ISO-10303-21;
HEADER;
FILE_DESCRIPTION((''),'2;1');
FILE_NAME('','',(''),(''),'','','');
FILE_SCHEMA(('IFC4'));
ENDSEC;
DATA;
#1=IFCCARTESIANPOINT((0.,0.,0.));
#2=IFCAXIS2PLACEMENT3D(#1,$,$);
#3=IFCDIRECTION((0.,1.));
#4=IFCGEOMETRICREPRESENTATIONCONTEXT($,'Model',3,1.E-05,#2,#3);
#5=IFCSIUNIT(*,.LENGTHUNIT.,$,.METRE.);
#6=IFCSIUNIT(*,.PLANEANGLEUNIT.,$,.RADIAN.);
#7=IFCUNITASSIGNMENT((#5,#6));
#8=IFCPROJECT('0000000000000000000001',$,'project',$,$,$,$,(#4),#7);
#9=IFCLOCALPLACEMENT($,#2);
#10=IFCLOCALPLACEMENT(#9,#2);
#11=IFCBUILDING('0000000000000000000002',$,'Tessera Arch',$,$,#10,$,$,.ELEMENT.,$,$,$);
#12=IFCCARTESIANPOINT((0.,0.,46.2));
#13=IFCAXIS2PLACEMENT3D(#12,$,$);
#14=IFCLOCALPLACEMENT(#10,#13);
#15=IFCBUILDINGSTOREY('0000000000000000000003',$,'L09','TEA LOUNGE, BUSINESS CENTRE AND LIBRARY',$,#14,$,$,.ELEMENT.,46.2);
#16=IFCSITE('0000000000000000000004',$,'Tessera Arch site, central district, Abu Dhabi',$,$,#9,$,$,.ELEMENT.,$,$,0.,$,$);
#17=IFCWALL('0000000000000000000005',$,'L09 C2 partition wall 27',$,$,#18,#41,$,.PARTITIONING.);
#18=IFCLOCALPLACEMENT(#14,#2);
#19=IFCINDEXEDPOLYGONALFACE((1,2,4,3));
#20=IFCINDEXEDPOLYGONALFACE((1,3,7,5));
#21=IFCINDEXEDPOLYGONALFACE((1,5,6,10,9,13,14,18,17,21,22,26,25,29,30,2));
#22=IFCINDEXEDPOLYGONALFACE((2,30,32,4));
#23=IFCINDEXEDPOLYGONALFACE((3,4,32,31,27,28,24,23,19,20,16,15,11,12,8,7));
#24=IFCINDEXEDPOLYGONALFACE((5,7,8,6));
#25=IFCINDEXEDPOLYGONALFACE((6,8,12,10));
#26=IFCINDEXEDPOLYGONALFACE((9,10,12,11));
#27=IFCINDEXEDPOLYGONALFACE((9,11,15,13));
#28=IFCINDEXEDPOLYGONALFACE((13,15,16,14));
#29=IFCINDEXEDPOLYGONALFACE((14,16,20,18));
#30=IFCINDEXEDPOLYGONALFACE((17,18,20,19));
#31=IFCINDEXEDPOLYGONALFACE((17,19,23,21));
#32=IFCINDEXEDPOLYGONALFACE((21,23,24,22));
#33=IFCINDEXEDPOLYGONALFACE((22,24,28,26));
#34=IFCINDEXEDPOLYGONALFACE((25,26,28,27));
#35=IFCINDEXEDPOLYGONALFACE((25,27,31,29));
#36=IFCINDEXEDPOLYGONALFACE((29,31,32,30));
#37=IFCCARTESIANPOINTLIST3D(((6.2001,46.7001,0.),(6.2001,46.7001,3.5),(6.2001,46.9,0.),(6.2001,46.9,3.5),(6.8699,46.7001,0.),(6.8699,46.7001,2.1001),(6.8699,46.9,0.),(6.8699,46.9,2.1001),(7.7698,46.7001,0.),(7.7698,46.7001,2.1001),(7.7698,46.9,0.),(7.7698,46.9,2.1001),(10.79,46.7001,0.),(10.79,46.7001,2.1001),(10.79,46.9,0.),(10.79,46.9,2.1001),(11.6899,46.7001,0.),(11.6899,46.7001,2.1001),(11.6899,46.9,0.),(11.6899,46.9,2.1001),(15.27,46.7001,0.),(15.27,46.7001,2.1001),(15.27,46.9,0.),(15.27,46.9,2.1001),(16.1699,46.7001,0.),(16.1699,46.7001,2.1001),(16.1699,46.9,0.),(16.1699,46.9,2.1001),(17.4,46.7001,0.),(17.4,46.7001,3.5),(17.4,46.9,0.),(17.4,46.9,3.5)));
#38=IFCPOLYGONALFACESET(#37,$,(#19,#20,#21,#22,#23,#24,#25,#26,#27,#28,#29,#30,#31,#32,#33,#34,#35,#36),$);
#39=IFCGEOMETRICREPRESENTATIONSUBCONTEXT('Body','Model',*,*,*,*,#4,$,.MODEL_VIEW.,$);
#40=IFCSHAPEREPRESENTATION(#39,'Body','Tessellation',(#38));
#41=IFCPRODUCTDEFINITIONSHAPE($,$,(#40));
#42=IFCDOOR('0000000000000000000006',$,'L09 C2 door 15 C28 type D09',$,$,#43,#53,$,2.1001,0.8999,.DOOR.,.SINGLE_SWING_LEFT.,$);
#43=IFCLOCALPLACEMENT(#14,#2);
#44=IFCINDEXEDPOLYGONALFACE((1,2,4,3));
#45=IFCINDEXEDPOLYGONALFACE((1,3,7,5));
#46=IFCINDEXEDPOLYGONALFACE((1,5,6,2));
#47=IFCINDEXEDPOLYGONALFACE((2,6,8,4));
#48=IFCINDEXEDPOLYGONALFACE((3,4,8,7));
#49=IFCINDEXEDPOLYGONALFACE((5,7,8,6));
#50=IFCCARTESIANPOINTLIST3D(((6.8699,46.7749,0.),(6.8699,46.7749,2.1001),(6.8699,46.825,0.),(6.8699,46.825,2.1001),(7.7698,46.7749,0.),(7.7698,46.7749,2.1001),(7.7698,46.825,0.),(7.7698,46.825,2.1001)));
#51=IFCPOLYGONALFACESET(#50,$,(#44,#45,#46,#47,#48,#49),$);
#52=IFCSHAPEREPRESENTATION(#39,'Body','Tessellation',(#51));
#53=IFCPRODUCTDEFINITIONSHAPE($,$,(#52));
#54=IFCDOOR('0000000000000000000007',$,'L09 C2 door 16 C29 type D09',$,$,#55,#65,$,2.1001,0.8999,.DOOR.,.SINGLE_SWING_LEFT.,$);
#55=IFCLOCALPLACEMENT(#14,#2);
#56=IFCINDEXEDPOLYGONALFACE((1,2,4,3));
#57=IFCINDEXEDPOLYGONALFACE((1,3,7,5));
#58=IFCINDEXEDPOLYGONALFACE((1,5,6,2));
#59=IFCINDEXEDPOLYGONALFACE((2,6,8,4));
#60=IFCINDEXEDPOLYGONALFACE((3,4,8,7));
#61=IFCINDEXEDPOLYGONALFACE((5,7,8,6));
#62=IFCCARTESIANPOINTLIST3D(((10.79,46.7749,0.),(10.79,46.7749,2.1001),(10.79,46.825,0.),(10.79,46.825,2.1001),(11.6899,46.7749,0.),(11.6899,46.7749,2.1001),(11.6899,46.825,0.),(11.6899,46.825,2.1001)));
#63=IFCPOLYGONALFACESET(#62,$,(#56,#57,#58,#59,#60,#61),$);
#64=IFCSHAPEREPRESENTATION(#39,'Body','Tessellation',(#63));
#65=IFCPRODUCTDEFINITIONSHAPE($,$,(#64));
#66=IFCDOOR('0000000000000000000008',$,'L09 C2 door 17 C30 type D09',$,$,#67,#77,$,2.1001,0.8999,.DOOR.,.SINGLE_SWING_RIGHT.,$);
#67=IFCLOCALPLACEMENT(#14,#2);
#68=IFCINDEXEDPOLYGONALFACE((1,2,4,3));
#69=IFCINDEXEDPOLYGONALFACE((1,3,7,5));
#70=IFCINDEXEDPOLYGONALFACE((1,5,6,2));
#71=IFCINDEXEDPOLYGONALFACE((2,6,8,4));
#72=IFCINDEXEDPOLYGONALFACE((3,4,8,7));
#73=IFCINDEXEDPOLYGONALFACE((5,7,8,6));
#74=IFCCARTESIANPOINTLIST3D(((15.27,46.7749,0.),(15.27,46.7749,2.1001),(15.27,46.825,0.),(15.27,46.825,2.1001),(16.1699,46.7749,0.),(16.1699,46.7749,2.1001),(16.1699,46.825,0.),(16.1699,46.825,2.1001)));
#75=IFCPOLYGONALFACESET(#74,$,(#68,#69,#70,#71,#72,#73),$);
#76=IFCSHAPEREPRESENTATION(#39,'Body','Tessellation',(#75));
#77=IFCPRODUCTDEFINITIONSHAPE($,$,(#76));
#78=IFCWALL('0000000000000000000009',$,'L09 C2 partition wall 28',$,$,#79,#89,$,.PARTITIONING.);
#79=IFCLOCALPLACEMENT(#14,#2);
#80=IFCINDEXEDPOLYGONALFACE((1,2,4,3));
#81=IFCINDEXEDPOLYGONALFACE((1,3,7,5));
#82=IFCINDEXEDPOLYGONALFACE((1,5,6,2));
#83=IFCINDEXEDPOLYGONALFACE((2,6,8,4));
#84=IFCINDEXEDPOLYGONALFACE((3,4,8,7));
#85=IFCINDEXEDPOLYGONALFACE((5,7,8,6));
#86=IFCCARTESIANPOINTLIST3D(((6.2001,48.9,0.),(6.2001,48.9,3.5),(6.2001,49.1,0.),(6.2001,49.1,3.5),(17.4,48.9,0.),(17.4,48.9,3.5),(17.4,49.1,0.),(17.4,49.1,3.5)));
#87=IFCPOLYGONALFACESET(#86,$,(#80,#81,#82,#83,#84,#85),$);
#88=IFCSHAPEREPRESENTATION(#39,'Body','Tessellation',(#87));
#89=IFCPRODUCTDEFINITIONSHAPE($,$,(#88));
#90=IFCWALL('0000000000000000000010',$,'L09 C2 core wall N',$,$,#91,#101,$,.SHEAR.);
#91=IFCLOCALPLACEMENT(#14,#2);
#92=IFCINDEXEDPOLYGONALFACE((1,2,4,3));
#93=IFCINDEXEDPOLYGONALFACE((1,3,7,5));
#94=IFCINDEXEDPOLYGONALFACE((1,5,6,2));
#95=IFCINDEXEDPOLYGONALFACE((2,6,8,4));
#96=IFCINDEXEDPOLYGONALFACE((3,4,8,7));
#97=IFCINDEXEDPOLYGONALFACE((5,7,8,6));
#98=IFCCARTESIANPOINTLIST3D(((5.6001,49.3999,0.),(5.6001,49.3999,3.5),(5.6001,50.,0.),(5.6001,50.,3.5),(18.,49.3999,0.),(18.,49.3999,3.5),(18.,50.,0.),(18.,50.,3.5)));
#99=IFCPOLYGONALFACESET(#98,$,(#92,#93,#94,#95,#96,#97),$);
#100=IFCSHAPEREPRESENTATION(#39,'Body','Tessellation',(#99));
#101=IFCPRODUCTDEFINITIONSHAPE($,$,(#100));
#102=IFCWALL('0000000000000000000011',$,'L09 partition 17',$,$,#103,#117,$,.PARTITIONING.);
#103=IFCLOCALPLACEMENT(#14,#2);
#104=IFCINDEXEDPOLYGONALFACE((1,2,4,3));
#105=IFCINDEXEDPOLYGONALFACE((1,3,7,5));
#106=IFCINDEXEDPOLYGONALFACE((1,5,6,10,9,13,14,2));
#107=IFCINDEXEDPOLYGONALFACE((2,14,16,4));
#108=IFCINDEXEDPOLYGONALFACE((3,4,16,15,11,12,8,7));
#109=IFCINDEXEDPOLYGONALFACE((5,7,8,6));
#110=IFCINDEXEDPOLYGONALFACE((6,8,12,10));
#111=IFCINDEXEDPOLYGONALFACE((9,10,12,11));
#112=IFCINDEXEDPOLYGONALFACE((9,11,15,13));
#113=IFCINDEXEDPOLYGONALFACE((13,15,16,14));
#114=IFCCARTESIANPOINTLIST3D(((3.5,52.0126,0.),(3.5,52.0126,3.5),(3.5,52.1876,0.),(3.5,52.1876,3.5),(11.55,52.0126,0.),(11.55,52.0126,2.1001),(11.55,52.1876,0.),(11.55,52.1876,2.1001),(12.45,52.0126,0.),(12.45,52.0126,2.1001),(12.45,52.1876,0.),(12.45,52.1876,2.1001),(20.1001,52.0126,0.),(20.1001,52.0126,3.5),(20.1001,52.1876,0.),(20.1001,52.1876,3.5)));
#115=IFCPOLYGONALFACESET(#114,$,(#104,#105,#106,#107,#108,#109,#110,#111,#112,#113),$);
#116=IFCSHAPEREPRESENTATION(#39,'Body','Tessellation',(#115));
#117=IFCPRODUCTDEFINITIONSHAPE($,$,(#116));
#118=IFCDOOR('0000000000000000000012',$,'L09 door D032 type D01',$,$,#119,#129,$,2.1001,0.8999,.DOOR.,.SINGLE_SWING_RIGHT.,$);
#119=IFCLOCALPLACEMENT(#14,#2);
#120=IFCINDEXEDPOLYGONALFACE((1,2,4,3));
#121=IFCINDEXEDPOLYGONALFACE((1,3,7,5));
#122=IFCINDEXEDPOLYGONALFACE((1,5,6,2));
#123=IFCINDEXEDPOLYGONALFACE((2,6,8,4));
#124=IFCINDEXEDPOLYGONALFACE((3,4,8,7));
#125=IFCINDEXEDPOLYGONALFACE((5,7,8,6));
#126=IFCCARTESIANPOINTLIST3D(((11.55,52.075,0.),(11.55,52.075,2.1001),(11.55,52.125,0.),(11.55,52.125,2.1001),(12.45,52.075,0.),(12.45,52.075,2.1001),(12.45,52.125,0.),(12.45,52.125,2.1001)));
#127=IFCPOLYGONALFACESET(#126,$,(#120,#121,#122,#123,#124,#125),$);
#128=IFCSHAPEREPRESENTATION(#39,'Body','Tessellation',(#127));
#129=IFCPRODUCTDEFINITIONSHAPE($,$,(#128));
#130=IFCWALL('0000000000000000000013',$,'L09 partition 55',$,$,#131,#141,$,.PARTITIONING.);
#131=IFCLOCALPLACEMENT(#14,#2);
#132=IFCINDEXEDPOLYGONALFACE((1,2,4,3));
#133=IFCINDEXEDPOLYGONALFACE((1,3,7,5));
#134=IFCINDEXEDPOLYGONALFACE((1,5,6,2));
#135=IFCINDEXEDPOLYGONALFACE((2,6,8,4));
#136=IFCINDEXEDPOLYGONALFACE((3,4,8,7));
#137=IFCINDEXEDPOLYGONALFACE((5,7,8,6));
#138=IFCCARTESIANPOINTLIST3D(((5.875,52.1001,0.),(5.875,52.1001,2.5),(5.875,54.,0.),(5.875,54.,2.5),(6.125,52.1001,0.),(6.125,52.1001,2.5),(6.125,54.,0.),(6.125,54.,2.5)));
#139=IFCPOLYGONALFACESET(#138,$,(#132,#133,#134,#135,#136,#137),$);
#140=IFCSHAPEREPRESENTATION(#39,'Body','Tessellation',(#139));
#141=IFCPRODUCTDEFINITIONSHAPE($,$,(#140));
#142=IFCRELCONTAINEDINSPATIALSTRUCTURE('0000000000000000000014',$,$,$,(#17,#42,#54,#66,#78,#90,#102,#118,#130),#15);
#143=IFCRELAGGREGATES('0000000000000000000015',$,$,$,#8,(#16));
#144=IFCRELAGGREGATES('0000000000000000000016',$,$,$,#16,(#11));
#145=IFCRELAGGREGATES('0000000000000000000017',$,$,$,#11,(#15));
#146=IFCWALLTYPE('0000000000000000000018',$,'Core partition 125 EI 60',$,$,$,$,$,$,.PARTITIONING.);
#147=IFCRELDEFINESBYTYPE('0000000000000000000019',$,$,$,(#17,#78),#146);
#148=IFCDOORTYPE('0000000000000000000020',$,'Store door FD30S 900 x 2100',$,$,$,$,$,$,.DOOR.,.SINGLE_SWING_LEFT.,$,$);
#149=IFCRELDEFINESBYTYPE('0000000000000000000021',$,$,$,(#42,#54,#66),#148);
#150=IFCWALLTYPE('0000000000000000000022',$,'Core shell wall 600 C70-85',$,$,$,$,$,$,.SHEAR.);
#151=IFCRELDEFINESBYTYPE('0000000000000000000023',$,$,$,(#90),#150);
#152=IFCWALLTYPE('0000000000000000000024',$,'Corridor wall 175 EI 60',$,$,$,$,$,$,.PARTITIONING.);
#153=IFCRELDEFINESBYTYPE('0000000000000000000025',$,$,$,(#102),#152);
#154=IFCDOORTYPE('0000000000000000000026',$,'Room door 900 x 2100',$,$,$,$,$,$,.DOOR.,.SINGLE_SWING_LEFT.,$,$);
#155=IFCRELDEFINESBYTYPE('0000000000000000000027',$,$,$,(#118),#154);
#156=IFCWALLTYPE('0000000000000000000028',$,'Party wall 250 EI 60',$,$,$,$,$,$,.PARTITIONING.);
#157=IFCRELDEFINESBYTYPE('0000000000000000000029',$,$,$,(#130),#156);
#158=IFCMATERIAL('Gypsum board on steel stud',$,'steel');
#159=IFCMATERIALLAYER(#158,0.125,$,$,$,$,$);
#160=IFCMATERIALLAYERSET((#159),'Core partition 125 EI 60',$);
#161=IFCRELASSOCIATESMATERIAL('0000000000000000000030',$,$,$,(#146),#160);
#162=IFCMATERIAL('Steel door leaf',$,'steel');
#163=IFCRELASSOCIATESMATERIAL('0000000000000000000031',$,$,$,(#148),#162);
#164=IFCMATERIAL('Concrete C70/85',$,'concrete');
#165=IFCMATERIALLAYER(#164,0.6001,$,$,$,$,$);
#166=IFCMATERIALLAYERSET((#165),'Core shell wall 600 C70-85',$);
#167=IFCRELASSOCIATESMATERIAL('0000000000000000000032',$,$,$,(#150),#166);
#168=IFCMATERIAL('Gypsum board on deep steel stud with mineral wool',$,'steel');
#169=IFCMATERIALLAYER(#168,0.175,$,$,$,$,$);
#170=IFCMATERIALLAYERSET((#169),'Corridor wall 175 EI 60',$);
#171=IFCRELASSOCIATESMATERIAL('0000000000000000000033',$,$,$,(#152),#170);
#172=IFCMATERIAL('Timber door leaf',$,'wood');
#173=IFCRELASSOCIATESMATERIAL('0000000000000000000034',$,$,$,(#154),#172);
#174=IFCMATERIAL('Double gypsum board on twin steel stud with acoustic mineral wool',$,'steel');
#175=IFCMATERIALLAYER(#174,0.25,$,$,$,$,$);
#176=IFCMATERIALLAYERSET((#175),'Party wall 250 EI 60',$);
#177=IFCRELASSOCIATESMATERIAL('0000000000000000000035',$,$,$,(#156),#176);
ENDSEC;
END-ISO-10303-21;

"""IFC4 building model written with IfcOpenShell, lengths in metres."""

from ifc_helpers import new_model, si_unit, direction, frame, frame_2d, origin, place, context, subcontext, project, spatial, rectangle, extrude, material, layer, layer_set, type_object, element, fill, save


model = new_model("IFC4")

# Units and contexts
model_context = context("Model", 3, precision=1e-05, world=origin(), true_north=direction((0.0, 1.0)))
body_context = subcontext(model_context, "Body", "Model", "MODEL_VIEW")
ifc_project = project(units=[si_unit("LENGTHUNIT", "METRE"), si_unit("PLANEANGLEUNIT", "RADIAN")], contexts=[model_context])

# Site, building, storey
site_placement = place(None, origin())
site = spatial("IfcSite", under=ifc_project, at=site_placement, Name="Tessera Arch site, central district, Abu Dhabi", CompositionType="ELEMENT", RefElevation=0.0)
building_placement = place(site_placement, origin())
building = spatial("IfcBuilding", under=site, at=building_placement, Name="Tessera Arch", CompositionType="ELEMENT")
storey_placement = place(building_placement, frame((0.0, 0.0, 46.2)))
storey = spatial("IfcBuildingStorey", under=building, at=storey_placement, Name="L09", Description="TEA LOUNGE, BUSINESS CENTRE AND LIBRARY", CompositionType="ELEMENT", Elevation=46.2)

# Wall, openings, doors
ifc_material_1 = material(Name="Gypsum board on steel stud", Category="steel")
ifc_layer_1 = layer(ifc_material_1, 0.125)
ifc_layer_set_1 = layer_set([ifc_layer_1], Name="Core partition 125 EI 60")
wall_type_1 = type_object("IfcWallType", Name="Core partition 125 EI 60", PredefinedType="PARTITIONING", material=ifc_layer_set_1)
wall_1_placement = place(storey_placement, frame((6.2, 46.8, 0.0), z_axis=(0.0, 0.0, 1.0), x_axis=(1.0, 0.0, 0.0)))
wall_1 = element("IfcWall", 1, at=wall_1_placement, inside=storey, type_object=wall_type_1, Name="L09 C2 partition wall 27", PredefinedType="PARTITIONING", context=body_context, shape_type="SweptSolid", body=[
    extrude(rectangle(XDim=11.2, YDim=0.2, at=frame_2d((5.6001, 0.0))), origin(), (0.0, 0.0, 1.0), 3.5),
])
opening_1_placement = place(wall_1_placement, frame((0.6699, 0.0, 0.0)))
opening_1 = element("IfcOpeningElement", 2, at=opening_1_placement, cuts=wall_1, PredefinedType="OPENING", context=body_context, shape_type="SweptSolid", body=[
    extrude(rectangle(XDim=0.8999, YDim=2.1001, at=frame_2d((0.45, 1.05))), frame((0.0, 0.1099, 0.0), z_axis=(0.0, -1.0, 0.0), x_axis=(1.0, 0.0, 0.0)), (0.0, 0.0, 1.0), 0.22),
])
opening_2_placement = place(wall_1_placement, frame((4.5901, 0.0, 0.0)))
opening_2 = element("IfcOpeningElement", 3, at=opening_2_placement, cuts=wall_1, PredefinedType="OPENING", context=body_context, shape_type="SweptSolid", body=[
    extrude(rectangle(XDim=0.8999, YDim=2.1001, at=frame_2d((0.45, 1.05))), frame((0.0, 0.1099, 0.0), z_axis=(0.0, -1.0, 0.0), x_axis=(1.0, 0.0, 0.0)), (0.0, 0.0, 1.0), 0.22),
])
opening_3_placement = place(wall_1_placement, frame((9.0701, 0.0, 0.0)))
opening_3 = element("IfcOpeningElement", 4, at=opening_3_placement, cuts=wall_1, PredefinedType="OPENING", context=body_context, shape_type="SweptSolid", body=[
    extrude(rectangle(XDim=0.8999, YDim=2.1001, at=frame_2d((0.45, 1.05))), frame((0.0, 0.1099, 0.0), z_axis=(0.0, -1.0, 0.0), x_axis=(1.0, 0.0, 0.0)), (0.0, 0.0, 1.0), 0.22),
])
ifc_material_2 = material(Name="Steel door leaf", Category="steel")
door_type_1 = type_object("IfcDoorType", Name="Store door FD30S 900 x 2100", OperationType="SINGLE_SWING_LEFT", PredefinedType="DOOR", material=ifc_material_2)
door_1_placement = place(opening_1_placement, origin())
door_1 = element("IfcDoor", 5, at=door_1_placement, inside=storey, type_object=door_type_1, Name="L09 C2 door 15 C28 type D09", OperationType="SINGLE_SWING_LEFT", OverallHeight=2.1001, OverallWidth=0.8999, PredefinedType="DOOR", context=body_context, shape_type="SweptSolid", body=[
    extrude(rectangle(XDim=0.8999, YDim=2.1001, at=frame_2d((0.45, 1.05))), frame((0.0, 0.0249, 0.0), z_axis=(0.0, -1.0, 0.0), x_axis=(1.0, 0.0, 0.0)), (0.0, 0.0, 1.0), 0.05),
])
fill(opening_1, door_1)
door_2_placement = place(opening_2_placement, origin())
door_2 = element("IfcDoor", 6, at=door_2_placement, inside=storey, type_object=door_type_1, Name="L09 C2 door 16 C29 type D09", OperationType="SINGLE_SWING_LEFT", OverallHeight=2.1001, OverallWidth=0.8999, PredefinedType="DOOR", context=body_context, shape_type="SweptSolid", body=[
    extrude(rectangle(XDim=0.8999, YDim=2.1001, at=frame_2d((0.45, 1.05))), frame((0.0, 0.0249, 0.0), z_axis=(0.0, -1.0, 0.0), x_axis=(1.0, 0.0, 0.0)), (0.0, 0.0, 1.0), 0.05),
])
fill(opening_2, door_2)
door_3_placement = place(opening_3_placement, origin())
door_3 = element("IfcDoor", 7, at=door_3_placement, inside=storey, type_object=door_type_1, Name="L09 C2 door 17 C30 type D09", OperationType="SINGLE_SWING_RIGHT", OverallHeight=2.1001, OverallWidth=0.8999, PredefinedType="DOOR", context=body_context, shape_type="SweptSolid", body=[
    extrude(rectangle(XDim=0.8999, YDim=2.1001, at=frame_2d((0.45, 1.05))), frame((0.0, 0.0249, 0.0), z_axis=(0.0, -1.0, 0.0), x_axis=(1.0, 0.0, 0.0)), (0.0, 0.0, 1.0), 0.05),
])
fill(opening_3, door_3)

# Walls
wall_2_placement = place(storey_placement, frame((6.2, 49.0, 0.0), z_axis=(0.0, 0.0, 1.0), x_axis=(1.0, 0.0, 0.0)))
element("IfcWall", 8, at=wall_2_placement, inside=storey, type_object=wall_type_1, Name="L09 C2 partition wall 28", PredefinedType="PARTITIONING", context=body_context, shape_type="SweptSolid", body=[
    extrude(rectangle(XDim=11.2, YDim=0.2, at=frame_2d((5.6001, 0.0))), origin(), (0.0, 0.0, 1.0), 3.5),
])
ifc_material_3 = material(Name="Concrete C70/85", Category="concrete")
ifc_layer_2 = layer(ifc_material_3, 0.6001)
ifc_layer_set_2 = layer_set([ifc_layer_2], Name="Core shell wall 600 C70-85")
wall_type_2 = type_object("IfcWallType", Name="Core shell wall 600 C70-85", PredefinedType="SHEAR", material=ifc_layer_set_2)
wall_3_placement = place(storey_placement, frame((5.6001, 49.7, 0.0), z_axis=(0.0, 0.0, 1.0), x_axis=(1.0, 0.0, 0.0)))
element("IfcWall", 9, at=wall_3_placement, inside=storey, type_object=wall_type_2, Name="L09 C2 core wall N", PredefinedType="SHEAR", context=body_context, shape_type="SweptSolid", body=[
    extrude(rectangle(XDim=12.3999, YDim=0.6001, at=frame_2d((6.2, 0.0))), origin(), (0.0, 0.0, 1.0), 3.5),
])

# Wall, opening, door
ifc_material_4 = material(Name="Gypsum board on deep steel stud with mineral wool", Category="steel")
ifc_layer_3 = layer(ifc_material_4, 0.175)
ifc_layer_set_3 = layer_set([ifc_layer_3], Name="Corridor wall 175 EI 60")
wall_type_3 = type_object("IfcWallType", Name="Corridor wall 175 EI 60", PredefinedType="PARTITIONING", material=ifc_layer_set_3)
wall_4_placement = place(storey_placement, frame((3.5, 52.1001, 0.0), z_axis=(0.0, 0.0, 1.0), x_axis=(1.0, 0.0, 0.0)))
wall_4 = element("IfcWall", 10, at=wall_4_placement, inside=storey, type_object=wall_type_3, Name="L09 partition 17", PredefinedType="PARTITIONING", context=body_context, shape_type="SweptSolid", body=[
    extrude(rectangle(XDim=16.6001, YDim=0.175, at=frame_2d((8.3, 0.0))), origin(), (0.0, 0.0, 1.0), 3.5),
])
opening_4_placement = place(wall_4_placement, frame((8.05, 0.0, 0.0)))
opening_4 = element("IfcOpeningElement", 11, at=opening_4_placement, cuts=wall_4, PredefinedType="OPENING", context=body_context, shape_type="SweptSolid", body=[
    extrude(rectangle(XDim=0.8999, YDim=2.1001, at=frame_2d((0.45, 1.05))), frame((0.0, 0.0974, 0.0), z_axis=(0.0, -1.0, 0.0), x_axis=(1.0, 0.0, 0.0)), (0.0, 0.0, 1.0), 0.1951),
])
ifc_material_5 = material(Name="Timber door leaf", Category="wood")
door_type_2 = type_object("IfcDoorType", Name="Room door 900 x 2100", OperationType="SINGLE_SWING_LEFT", PredefinedType="DOOR", material=ifc_material_5)
door_4_placement = place(opening_4_placement, origin())
door_4 = element("IfcDoor", 12, at=door_4_placement, inside=storey, type_object=door_type_2, Name="L09 door D032 type D01", OperationType="SINGLE_SWING_RIGHT", OverallHeight=2.1001, OverallWidth=0.8999, PredefinedType="DOOR", context=body_context, shape_type="SweptSolid", body=[
    extrude(rectangle(XDim=0.8999, YDim=2.1001, at=frame_2d((0.45, 1.05))), frame((0.0, 0.0249, 0.0), z_axis=(0.0, -1.0, 0.0), x_axis=(1.0, 0.0, 0.0)), (0.0, 0.0, 1.0), 0.05),
])
fill(opening_4, door_4)

# Wall
ifc_material_6 = material(Name="Double gypsum board on twin steel stud with acoustic mineral wool", Category="steel")
ifc_layer_4 = layer(ifc_material_6, 0.25)
ifc_layer_set_4 = layer_set([ifc_layer_4], Name="Party wall 250 EI 60")
wall_type_4 = type_object("IfcWallType", Name="Party wall 250 EI 60", PredefinedType="PARTITIONING", material=ifc_layer_set_4)
wall_5_placement = place(storey_placement, frame((6.0, 52.1001, 0.0), z_axis=(0.0, 0.0, 1.0), x_axis=(0.0, 1.0, 0.0)))
element("IfcWall", 13, at=wall_5_placement, inside=storey, type_object=wall_type_4, Name="L09 partition 55", PredefinedType="PARTITIONING", context=body_context, shape_type="SweptSolid", body=[
    extrude(rectangle(XDim=1.8999, YDim=0.25, at=frame_2d((0.95, 0.0))), origin(), (0.0, 0.0, 1.0), 2.5),
])

save(model, "model.ifc")
